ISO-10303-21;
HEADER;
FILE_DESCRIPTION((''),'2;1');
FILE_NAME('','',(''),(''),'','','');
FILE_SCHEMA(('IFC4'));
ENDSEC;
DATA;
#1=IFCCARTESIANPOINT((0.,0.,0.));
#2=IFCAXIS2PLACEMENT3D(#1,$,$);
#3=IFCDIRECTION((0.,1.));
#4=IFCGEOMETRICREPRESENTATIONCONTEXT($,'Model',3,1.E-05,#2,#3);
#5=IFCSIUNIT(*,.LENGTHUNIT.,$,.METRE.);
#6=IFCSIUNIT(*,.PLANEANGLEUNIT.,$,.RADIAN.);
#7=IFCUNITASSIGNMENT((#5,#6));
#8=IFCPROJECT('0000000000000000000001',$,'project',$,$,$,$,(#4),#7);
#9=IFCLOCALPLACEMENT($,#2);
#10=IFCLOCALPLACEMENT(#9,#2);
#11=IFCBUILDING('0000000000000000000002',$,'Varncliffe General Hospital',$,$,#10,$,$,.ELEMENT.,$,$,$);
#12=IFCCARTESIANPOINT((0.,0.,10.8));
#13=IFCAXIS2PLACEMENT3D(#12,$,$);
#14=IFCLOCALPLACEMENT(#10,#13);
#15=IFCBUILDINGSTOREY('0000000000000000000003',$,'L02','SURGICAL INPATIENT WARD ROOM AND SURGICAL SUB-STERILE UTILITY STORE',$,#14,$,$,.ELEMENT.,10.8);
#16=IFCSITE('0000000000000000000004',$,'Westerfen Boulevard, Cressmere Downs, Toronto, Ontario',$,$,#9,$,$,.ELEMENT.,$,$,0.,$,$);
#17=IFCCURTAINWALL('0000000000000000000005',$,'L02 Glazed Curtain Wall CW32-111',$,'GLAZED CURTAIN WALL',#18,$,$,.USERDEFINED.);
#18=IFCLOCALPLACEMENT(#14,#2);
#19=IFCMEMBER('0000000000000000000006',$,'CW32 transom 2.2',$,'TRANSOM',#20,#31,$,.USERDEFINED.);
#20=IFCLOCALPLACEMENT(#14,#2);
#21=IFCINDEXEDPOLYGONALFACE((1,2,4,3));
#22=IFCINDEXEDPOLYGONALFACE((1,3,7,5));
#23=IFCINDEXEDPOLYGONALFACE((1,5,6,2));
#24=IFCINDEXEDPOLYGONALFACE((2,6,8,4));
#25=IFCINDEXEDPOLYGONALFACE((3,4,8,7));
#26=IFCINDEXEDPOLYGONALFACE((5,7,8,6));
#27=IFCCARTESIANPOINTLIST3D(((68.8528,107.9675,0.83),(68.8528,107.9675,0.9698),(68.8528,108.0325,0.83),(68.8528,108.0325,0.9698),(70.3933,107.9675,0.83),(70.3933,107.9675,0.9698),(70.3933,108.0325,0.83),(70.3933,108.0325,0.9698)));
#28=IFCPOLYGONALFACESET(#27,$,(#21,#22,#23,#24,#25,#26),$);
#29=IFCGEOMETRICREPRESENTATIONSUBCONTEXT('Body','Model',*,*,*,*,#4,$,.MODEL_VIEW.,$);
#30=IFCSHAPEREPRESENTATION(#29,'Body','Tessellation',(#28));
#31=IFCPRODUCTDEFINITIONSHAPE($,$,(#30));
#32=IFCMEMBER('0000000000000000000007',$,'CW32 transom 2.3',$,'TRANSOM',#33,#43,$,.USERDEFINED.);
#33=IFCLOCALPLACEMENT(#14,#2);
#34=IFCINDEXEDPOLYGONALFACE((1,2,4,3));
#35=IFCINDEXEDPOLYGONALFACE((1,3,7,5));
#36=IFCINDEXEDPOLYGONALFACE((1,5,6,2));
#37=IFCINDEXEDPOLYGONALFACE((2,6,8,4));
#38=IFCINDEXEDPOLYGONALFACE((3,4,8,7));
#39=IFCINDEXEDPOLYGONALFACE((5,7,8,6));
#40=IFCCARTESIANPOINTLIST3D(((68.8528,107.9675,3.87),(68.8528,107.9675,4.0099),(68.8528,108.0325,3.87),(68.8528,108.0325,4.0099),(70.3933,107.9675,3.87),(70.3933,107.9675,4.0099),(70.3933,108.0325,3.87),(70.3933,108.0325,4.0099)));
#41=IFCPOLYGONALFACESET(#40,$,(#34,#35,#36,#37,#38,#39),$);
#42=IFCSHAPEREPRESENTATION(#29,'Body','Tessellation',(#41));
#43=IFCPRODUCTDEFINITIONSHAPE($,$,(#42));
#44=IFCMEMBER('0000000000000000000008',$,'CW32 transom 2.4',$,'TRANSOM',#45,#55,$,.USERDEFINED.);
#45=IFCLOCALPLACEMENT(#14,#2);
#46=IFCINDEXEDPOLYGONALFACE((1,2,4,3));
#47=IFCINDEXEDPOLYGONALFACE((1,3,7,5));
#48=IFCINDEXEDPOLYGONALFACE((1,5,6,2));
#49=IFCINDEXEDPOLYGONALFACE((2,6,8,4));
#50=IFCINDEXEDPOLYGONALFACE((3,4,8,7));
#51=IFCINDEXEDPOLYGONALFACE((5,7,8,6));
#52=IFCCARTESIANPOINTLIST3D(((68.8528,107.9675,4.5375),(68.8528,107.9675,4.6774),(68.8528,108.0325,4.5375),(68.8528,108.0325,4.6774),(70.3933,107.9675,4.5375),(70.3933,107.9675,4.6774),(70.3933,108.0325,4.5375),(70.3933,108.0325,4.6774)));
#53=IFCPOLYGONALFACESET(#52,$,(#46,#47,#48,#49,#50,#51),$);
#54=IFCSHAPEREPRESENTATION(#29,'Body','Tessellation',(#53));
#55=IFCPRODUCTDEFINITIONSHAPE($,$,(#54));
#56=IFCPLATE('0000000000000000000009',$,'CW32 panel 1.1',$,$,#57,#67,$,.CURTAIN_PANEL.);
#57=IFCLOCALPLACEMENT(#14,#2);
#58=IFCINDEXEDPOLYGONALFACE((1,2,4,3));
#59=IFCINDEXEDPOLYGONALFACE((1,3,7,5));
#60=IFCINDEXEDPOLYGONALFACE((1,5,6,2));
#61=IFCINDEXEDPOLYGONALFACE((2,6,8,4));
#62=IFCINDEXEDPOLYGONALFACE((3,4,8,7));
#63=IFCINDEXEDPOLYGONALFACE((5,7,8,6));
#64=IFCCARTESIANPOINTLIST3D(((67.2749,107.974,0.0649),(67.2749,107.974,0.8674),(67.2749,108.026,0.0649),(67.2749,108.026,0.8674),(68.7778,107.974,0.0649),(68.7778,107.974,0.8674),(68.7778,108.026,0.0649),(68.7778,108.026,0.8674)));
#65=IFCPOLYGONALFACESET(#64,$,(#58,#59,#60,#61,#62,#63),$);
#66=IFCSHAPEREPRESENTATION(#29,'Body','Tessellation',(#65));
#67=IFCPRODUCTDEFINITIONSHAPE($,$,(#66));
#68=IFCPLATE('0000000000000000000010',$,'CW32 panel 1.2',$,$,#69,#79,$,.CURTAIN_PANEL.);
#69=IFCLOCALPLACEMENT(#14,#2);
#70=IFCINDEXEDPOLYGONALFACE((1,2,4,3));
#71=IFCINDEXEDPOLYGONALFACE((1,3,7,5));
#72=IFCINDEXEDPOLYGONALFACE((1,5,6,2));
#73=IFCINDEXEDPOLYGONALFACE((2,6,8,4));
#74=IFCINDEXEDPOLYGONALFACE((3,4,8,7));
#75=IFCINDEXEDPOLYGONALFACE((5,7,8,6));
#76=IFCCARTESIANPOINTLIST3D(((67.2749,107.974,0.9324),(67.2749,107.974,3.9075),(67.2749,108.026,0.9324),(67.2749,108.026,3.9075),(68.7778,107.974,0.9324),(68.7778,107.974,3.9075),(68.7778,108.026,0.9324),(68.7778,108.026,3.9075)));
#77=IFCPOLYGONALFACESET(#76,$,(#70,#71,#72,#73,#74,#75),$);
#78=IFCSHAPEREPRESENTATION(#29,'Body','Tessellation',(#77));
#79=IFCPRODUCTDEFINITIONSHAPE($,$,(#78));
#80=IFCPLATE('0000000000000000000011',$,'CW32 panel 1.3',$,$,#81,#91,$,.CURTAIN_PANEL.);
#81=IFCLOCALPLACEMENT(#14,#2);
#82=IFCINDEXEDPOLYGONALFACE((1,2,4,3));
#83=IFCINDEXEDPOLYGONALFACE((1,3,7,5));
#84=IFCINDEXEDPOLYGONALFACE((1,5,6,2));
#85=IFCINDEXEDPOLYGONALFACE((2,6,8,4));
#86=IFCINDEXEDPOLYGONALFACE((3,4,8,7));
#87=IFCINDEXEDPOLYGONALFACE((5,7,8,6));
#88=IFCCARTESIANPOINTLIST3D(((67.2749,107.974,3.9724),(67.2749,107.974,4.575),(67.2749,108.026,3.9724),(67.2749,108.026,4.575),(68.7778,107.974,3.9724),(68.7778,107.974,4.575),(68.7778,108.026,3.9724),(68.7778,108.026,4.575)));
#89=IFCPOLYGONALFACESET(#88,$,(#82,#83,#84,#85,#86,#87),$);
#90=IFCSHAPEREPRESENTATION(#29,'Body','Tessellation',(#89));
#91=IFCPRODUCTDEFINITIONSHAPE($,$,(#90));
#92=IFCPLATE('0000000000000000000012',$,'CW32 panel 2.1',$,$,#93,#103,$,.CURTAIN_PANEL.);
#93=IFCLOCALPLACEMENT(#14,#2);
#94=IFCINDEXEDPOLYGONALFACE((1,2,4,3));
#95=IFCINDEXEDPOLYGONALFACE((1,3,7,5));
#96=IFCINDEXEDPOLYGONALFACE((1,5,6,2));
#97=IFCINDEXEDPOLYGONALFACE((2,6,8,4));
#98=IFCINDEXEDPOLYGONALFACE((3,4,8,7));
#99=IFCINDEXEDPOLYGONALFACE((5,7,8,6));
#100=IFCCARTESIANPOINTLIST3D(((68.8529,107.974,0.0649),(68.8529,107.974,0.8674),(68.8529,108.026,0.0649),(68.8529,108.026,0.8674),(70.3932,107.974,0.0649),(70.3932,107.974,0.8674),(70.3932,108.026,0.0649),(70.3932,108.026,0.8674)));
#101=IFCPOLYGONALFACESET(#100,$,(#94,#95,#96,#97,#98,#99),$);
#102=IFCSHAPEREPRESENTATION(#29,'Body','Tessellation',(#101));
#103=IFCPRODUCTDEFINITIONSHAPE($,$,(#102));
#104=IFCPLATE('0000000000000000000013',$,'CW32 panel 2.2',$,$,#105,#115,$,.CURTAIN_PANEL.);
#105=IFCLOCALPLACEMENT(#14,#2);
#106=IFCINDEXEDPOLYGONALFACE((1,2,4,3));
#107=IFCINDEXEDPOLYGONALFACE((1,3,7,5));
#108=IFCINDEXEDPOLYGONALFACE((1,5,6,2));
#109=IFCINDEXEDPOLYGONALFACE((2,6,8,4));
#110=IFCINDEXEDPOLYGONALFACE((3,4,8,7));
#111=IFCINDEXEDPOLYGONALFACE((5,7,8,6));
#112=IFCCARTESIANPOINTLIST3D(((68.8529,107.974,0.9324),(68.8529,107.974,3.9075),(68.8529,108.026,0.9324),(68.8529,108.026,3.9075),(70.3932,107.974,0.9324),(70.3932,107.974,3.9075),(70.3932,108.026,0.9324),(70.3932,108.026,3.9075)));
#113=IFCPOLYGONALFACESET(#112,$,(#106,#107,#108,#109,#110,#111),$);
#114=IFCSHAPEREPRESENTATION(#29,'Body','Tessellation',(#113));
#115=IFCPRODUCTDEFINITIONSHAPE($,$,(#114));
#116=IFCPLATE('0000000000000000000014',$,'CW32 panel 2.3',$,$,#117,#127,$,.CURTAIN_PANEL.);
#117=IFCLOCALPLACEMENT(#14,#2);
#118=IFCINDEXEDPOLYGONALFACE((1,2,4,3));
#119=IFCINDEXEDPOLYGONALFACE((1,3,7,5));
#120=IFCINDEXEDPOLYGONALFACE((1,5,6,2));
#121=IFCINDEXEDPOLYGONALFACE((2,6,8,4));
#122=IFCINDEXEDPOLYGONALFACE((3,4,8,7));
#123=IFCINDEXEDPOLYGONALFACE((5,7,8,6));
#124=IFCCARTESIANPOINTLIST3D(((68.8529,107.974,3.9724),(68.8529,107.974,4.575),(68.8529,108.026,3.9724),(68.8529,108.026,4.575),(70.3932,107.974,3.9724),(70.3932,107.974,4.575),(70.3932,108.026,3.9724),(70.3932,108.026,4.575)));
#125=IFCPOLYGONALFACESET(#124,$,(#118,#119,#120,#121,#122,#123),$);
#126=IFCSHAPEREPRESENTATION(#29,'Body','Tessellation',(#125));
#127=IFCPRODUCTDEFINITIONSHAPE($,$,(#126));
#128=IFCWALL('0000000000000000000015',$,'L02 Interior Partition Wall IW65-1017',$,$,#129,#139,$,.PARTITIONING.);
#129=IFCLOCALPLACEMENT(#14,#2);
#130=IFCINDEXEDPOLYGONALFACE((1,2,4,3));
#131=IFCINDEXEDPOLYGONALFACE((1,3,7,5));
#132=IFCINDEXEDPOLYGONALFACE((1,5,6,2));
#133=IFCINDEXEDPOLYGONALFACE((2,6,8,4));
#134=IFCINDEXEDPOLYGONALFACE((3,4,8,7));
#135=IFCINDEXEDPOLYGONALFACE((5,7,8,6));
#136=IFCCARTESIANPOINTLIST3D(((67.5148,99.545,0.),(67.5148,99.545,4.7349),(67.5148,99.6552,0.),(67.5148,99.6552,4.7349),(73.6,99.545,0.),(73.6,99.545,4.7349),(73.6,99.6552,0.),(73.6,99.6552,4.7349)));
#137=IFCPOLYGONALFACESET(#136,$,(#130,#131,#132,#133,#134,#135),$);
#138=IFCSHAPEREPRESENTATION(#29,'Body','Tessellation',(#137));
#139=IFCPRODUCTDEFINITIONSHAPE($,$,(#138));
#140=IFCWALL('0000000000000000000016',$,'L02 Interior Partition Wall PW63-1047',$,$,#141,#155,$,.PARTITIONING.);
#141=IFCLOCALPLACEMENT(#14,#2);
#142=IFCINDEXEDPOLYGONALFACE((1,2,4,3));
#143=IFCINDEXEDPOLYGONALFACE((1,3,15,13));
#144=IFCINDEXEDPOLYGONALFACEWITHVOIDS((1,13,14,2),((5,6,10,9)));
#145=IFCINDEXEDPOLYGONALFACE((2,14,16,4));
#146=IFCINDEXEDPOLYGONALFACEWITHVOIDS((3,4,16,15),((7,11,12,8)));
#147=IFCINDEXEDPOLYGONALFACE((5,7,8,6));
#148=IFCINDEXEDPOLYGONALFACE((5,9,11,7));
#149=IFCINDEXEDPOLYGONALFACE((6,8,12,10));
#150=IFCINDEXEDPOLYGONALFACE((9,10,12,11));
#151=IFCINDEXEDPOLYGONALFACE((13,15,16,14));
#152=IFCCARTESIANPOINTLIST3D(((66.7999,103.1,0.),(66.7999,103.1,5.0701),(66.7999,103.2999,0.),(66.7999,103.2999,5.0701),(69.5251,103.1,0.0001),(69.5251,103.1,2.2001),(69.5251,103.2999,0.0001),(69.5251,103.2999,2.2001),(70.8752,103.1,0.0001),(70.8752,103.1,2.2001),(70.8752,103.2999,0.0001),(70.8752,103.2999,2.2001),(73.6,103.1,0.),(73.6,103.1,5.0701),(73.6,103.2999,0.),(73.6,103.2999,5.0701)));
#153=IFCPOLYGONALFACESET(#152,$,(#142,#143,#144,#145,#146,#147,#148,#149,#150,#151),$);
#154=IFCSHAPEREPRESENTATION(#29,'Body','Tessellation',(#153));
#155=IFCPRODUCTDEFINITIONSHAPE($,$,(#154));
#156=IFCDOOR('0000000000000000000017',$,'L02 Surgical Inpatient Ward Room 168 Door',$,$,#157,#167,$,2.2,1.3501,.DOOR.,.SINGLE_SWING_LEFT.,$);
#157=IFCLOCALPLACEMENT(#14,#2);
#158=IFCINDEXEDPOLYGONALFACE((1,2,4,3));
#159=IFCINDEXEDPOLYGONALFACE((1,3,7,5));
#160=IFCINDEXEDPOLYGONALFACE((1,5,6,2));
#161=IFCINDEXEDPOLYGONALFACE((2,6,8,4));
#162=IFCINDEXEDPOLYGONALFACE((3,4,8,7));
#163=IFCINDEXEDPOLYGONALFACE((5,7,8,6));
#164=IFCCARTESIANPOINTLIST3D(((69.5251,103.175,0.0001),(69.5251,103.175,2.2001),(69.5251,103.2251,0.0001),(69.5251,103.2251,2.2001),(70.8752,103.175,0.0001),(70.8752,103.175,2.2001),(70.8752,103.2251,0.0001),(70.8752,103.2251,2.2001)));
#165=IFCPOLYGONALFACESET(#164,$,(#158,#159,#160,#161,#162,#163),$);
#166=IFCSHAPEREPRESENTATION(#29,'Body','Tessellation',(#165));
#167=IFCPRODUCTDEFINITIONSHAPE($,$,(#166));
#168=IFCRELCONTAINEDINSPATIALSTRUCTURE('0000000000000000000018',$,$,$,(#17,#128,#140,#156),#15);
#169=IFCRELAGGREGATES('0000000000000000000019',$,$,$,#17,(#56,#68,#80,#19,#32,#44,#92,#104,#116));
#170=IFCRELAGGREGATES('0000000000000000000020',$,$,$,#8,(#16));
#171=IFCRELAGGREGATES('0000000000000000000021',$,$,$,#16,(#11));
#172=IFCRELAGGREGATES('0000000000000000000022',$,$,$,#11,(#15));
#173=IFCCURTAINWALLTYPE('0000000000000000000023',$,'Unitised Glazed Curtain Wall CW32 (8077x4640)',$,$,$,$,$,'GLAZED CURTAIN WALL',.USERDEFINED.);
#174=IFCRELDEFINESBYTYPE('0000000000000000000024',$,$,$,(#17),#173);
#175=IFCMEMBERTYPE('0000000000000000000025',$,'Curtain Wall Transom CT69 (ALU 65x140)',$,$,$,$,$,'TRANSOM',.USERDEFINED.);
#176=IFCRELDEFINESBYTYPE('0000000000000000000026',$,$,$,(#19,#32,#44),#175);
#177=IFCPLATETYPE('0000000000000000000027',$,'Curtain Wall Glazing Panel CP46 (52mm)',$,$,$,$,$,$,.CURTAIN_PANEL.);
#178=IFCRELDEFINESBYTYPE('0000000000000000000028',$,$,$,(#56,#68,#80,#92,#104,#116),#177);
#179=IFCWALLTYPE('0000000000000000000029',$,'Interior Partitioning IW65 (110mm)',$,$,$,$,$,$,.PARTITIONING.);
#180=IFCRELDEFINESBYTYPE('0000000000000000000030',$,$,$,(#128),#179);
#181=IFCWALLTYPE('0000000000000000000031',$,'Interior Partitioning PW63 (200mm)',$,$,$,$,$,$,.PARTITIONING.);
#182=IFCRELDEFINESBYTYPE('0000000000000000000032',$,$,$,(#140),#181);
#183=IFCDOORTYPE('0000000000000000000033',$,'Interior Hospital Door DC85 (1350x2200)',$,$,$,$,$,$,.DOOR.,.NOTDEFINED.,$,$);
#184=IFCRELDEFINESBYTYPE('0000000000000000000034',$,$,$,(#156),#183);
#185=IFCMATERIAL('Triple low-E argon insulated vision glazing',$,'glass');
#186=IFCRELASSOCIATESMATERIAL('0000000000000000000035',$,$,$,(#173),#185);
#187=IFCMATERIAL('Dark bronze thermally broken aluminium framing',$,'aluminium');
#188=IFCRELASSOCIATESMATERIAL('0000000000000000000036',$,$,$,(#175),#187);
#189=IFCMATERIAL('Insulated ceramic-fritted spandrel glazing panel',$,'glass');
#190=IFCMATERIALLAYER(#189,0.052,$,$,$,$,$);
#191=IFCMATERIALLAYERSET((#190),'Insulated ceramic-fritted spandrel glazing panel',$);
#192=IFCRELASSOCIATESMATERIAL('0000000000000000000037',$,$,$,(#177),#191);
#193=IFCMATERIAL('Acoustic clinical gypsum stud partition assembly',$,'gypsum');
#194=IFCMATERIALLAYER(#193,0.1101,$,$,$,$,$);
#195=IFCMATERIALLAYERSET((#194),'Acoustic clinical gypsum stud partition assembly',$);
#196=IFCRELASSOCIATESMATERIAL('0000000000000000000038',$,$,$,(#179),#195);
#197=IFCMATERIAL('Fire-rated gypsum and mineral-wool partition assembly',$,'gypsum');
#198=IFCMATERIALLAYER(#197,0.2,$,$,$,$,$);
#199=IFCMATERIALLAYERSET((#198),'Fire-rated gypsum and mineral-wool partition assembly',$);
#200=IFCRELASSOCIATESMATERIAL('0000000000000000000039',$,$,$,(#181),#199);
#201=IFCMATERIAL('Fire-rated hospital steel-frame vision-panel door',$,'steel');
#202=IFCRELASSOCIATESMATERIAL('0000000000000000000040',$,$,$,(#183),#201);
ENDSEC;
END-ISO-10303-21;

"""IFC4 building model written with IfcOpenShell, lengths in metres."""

from ifc_helpers import new_model, si_unit, direction, frame, frame_2d, origin, origin_2d, place, context, subcontext, project, spatial, rectangle, extrude, material, layer, layer_set, material_profile, profile_set, type_object, element, fill, aggregate, save


model = new_model("IFC4")

# Units and contexts
model_context = context("Model", 3, precision=1e-05, world=origin(), true_north=direction((0.0, 1.0)))
body_context = subcontext(model_context, "Body", "Model", "MODEL_VIEW")
ifc_project = project(units=[si_unit("LENGTHUNIT", "METRE"), si_unit("PLANEANGLEUNIT", "RADIAN")], contexts=[model_context])

# Site, building, storey
site_placement = place(None, origin())
site = spatial("IfcSite", under=ifc_project, at=site_placement, Name="Westerfen Boulevard, Cressmere Downs, Toronto, Ontario", CompositionType="ELEMENT", RefElevation=0.0)
building_placement = place(site_placement, origin())
building = spatial("IfcBuilding", under=site, at=building_placement, Name="Varncliffe General Hospital", CompositionType="ELEMENT")
storey_placement = place(building_placement, frame((0.0, 0.0, 10.8)))
storey = spatial("IfcBuildingStorey", under=building, at=storey_placement, Name="L02", Description="SURGICAL INPATIENT WARD ROOM AND SURGICAL SUB-STERILE UTILITY STORE", CompositionType="ELEMENT", Elevation=10.8)

# Curtain wall, members, plates
ifc_material_1 = material(Name="Triple low-E argon insulated vision glazing", Category="glass")
curtain_wall_type = type_object("IfcCurtainWallType", Name="Unitised Glazed Curtain Wall CW32 (8077x4640)", ElementType="GLAZED CURTAIN WALL", PredefinedType="USERDEFINED", material=ifc_material_1)
curtain_wall_placement = place(storey_placement, origin())
curtain_wall = element("IfcCurtainWall", 1, at=curtain_wall_placement, inside=storey, type_object=curtain_wall_type, Name="L02 Glazed Curtain Wall CW32-111", ObjectType="GLAZED CURTAIN WALL", PredefinedType="USERDEFINED")
ifc_material_2 = material(Name="Dark bronze thermally broken aluminium framing", Category="aluminium")
ifc_material_profile_1 = material_profile(ifc_material_2, rectangle(XDim=0.0649, YDim=0.1399, at=origin_2d()), Name="ALU 65x140")
ifc_profile_set_1 = profile_set([ifc_material_profile_1], Name="Dark bronze thermally broken aluminium framing")
member_type_1 = type_object("IfcMemberType", Name="Curtain Wall Transom CT69 (ALU 65x140)", ElementType="TRANSOM", PredefinedType="USERDEFINED", material=ifc_profile_set_1)
member_1_placement = place(storey_placement, frame((68.8528, 108.0, 0.8999), z_axis=(1.0, 0.0, 0.0), x_axis=(0.0, 1.0, 0.0)))
member_1 = element("IfcMember", 2, at=member_1_placement, type_object=member_type_1, Name="CW32 transom 2.2", ObjectType="TRANSOM", PredefinedType="USERDEFINED", context=body_context, shape_type="SweptSolid", body=[
    extrude(rectangle(XDim=0.0649, YDim=0.1399, at=origin_2d()), origin(), (0.0, 0.0, 1.0), 1.5405),
])
member_2_placement = place(storey_placement, frame((68.8528, 108.0, 3.9399), z_axis=(1.0, 0.0, 0.0), x_axis=(0.0, 1.0, 0.0)))
member_2 = element("IfcMember", 3, at=member_2_placement, type_object=member_type_1, Name="CW32 transom 2.3", ObjectType="TRANSOM", PredefinedType="USERDEFINED", context=body_context, shape_type="SweptSolid", body=[
    extrude(rectangle(XDim=0.0649, YDim=0.1399, at=origin_2d()), origin(), (0.0, 0.0, 1.0), 1.5405),
])
member_3_placement = place(storey_placement, frame((68.8528, 108.0, 4.6074), z_axis=(1.0, 0.0, 0.0), x_axis=(0.0, 1.0, 0.0)))
member_3 = element("IfcMember", 4, at=member_3_placement, type_object=member_type_1, Name="CW32 transom 2.4", ObjectType="TRANSOM", PredefinedType="USERDEFINED", context=body_context, shape_type="SweptSolid", body=[
    extrude(rectangle(XDim=0.0649, YDim=0.1399, at=origin_2d()), origin(), (0.0, 0.0, 1.0), 1.5405),
])
ifc_material_3 = material(Name="Insulated ceramic-fritted spandrel glazing panel", Category="glass")
ifc_layer_1 = layer(ifc_material_3, 0.052)
ifc_layer_set_1 = layer_set([ifc_layer_1], Name="Insulated ceramic-fritted spandrel glazing panel")
plate_type = type_object("IfcPlateType", Name="Curtain Wall Glazing Panel CP46 (52mm)", PredefinedType="CURTAIN_PANEL", material=ifc_layer_set_1)
plate_1_placement = place(storey_placement, frame((68.0264, 108.0, 0.0649), z_axis=(0.0, 0.0, 1.0), x_axis=(1.0, 0.0, 0.0)))
plate_1 = element("IfcPlate", 5, at=plate_1_placement, type_object=plate_type, Name="CW32 panel 1.1", PredefinedType="CURTAIN_PANEL", context=body_context, shape_type="SweptSolid", body=[
    extrude(rectangle(XDim=1.5029, YDim=0.052, at=origin_2d()), origin(), (0.0, 0.0, 1.0), 0.8025),
])
plate_2_placement = place(storey_placement, frame((68.0264, 108.0, 0.9324), z_axis=(0.0, 0.0, 1.0), x_axis=(1.0, 0.0, 0.0)))
plate_2 = element("IfcPlate", 6, at=plate_2_placement, type_object=plate_type, Name="CW32 panel 1.2", PredefinedType="CURTAIN_PANEL", context=body_context, shape_type="SweptSolid", body=[
    extrude(rectangle(XDim=1.5029, YDim=0.052, at=origin_2d()), origin(), (0.0, 0.0, 1.0), 2.9751),
])
plate_3_placement = place(storey_placement, frame((68.0264, 108.0, 3.9724), z_axis=(0.0, 0.0, 1.0), x_axis=(1.0, 0.0, 0.0)))
plate_3 = element("IfcPlate", 7, at=plate_3_placement, type_object=plate_type, Name="CW32 panel 1.3", PredefinedType="CURTAIN_PANEL", context=body_context, shape_type="SweptSolid", body=[
    extrude(rectangle(XDim=1.5029, YDim=0.052, at=origin_2d()), origin(), (0.0, 0.0, 1.0), 0.6025),
])
plate_4_placement = place(storey_placement, frame((69.623, 108.0, 0.0649), z_axis=(0.0, 0.0, 1.0), x_axis=(1.0, 0.0, 0.0)))
plate_4 = element("IfcPlate", 8, at=plate_4_placement, type_object=plate_type, Name="CW32 panel 2.1", PredefinedType="CURTAIN_PANEL", context=body_context, shape_type="SweptSolid", body=[
    extrude(rectangle(XDim=1.5403, YDim=0.052, at=origin_2d()), origin(), (0.0, 0.0, 1.0), 0.8025),
])
plate_5_placement = place(storey_placement, frame((69.623, 108.0, 0.9324), z_axis=(0.0, 0.0, 1.0), x_axis=(1.0, 0.0, 0.0)))
plate_5 = element("IfcPlate", 9, at=plate_5_placement, type_object=plate_type, Name="CW32 panel 2.2", PredefinedType="CURTAIN_PANEL", context=body_context, shape_type="SweptSolid", body=[
    extrude(rectangle(XDim=1.5403, YDim=0.052, at=origin_2d()), origin(), (0.0, 0.0, 1.0), 2.9751),
])
plate_6_placement = place(storey_placement, frame((69.623, 108.0, 3.9724), z_axis=(0.0, 0.0, 1.0), x_axis=(1.0, 0.0, 0.0)))
plate_6 = element("IfcPlate", 10, at=plate_6_placement, type_object=plate_type, Name="CW32 panel 2.3", PredefinedType="CURTAIN_PANEL", context=body_context, shape_type="SweptSolid", body=[
    extrude(rectangle(XDim=1.5403, YDim=0.052, at=origin_2d()), origin(), (0.0, 0.0, 1.0), 0.6025),
])
aggregate(curtain_wall, [plate_1, plate_2, plate_3, member_1, member_2, member_3, plate_4, plate_5, plate_6])

# Wall
ifc_material_4 = material(Name="Acoustic clinical gypsum stud partition assembly", Category="gypsum")
ifc_layer_2 = layer(ifc_material_4, 0.1101)
ifc_layer_set_2 = layer_set([ifc_layer_2], Name="Acoustic clinical gypsum stud partition assembly")
wall_type_1 = type_object("IfcWallType", Name="Interior Partitioning IW65 (110mm)", PredefinedType="PARTITIONING", material=ifc_layer_set_2)
wall_1_placement = place(storey_placement, frame((67.5149, 99.6001, 0.0), z_axis=(0.0, 0.0, 1.0), x_axis=(1.0, 0.0, 0.0)))
element("IfcWall", 11, at=wall_1_placement, inside=storey, type_object=wall_type_1, Name="L02 Interior Partition Wall IW65-1017", PredefinedType="PARTITIONING", context=body_context, shape_type="SweptSolid", body=[
    extrude(rectangle(XDim=6.0852, YDim=0.1101, at=frame_2d((3.0425, 0.0))), origin(), (0.0, 0.0, 1.0), 4.7349),
])

# Wall, opening, door
ifc_material_5 = material(Name="Fire-rated gypsum and mineral-wool partition assembly", Category="gypsum")
ifc_layer_3 = layer(ifc_material_5, 0.2)
ifc_layer_set_3 = layer_set([ifc_layer_3], Name="Fire-rated gypsum and mineral-wool partition assembly")
wall_type_2 = type_object("IfcWallType", Name="Interior Partitioning PW63 (200mm)", PredefinedType="PARTITIONING", material=ifc_layer_set_3)
wall_2_placement = place(storey_placement, frame((66.8, 103.2, 0.0), z_axis=(0.0, 0.0, 1.0), x_axis=(1.0, 0.0, 0.0)))
wall_2 = element("IfcWall", 12, at=wall_2_placement, inside=storey, type_object=wall_type_2, Name="L02 Interior Partition Wall PW63-1047", PredefinedType="PARTITIONING", context=body_context, shape_type="SweptSolid", body=[
    extrude(rectangle(XDim=6.8, YDim=0.2, at=frame_2d((3.3999, 0.0))), origin(), (0.0, 0.0, 1.0), 5.0701),
])
opening_placement = place(wall_2_placement, frame((2.7251, 0.0, 0.0)))
opening = element("IfcOpeningElement", 13, at=opening_placement, cuts=wall_2, PredefinedType="OPENING", context=body_context, shape_type="SweptSolid", body=[
    extrude(rectangle(XDim=1.3501, YDim=2.2, at=frame_2d((0.675, 1.1001))), frame((0.0, 0.1099, 0.0), z_axis=(0.0, -1.0, 0.0), x_axis=(1.0, 0.0, 0.0)), (0.0, 0.0, 1.0), 0.22),
])
ifc_material_6 = material(Name="Fire-rated hospital steel-frame vision-panel door", Category="steel")
door_type = type_object("IfcDoorType", Name="Interior Hospital Door DC85 (1350x2200)", OperationType="NOTDEFINED", PredefinedType="DOOR", material=ifc_material_6)
door_placement = place(opening_placement, frame((1.3501, 0.0, 0.0), z_axis=(0.0, 0.0, 1.0), x_axis=(-1.0, 0.0, 0.0)))
door = element("IfcDoor", 14, at=door_placement, inside=storey, type_object=door_type, Name="L02 Surgical Inpatient Ward Room 168 Door", OperationType="SINGLE_SWING_LEFT", OverallHeight=2.2, OverallWidth=1.3501, PredefinedType="DOOR", context=body_context, shape_type="SweptSolid", body=[
    extrude(rectangle(XDim=1.3501, YDim=2.2, at=frame_2d((0.675, 1.1001))), frame((0.0, 0.0249, 0.0), z_axis=(0.0, -1.0, 0.0), x_axis=(1.0, 0.0, 0.0)), (0.0, 0.0, 1.0), 0.05),
])
fill(opening, door)

save(model, "model.ifc")
